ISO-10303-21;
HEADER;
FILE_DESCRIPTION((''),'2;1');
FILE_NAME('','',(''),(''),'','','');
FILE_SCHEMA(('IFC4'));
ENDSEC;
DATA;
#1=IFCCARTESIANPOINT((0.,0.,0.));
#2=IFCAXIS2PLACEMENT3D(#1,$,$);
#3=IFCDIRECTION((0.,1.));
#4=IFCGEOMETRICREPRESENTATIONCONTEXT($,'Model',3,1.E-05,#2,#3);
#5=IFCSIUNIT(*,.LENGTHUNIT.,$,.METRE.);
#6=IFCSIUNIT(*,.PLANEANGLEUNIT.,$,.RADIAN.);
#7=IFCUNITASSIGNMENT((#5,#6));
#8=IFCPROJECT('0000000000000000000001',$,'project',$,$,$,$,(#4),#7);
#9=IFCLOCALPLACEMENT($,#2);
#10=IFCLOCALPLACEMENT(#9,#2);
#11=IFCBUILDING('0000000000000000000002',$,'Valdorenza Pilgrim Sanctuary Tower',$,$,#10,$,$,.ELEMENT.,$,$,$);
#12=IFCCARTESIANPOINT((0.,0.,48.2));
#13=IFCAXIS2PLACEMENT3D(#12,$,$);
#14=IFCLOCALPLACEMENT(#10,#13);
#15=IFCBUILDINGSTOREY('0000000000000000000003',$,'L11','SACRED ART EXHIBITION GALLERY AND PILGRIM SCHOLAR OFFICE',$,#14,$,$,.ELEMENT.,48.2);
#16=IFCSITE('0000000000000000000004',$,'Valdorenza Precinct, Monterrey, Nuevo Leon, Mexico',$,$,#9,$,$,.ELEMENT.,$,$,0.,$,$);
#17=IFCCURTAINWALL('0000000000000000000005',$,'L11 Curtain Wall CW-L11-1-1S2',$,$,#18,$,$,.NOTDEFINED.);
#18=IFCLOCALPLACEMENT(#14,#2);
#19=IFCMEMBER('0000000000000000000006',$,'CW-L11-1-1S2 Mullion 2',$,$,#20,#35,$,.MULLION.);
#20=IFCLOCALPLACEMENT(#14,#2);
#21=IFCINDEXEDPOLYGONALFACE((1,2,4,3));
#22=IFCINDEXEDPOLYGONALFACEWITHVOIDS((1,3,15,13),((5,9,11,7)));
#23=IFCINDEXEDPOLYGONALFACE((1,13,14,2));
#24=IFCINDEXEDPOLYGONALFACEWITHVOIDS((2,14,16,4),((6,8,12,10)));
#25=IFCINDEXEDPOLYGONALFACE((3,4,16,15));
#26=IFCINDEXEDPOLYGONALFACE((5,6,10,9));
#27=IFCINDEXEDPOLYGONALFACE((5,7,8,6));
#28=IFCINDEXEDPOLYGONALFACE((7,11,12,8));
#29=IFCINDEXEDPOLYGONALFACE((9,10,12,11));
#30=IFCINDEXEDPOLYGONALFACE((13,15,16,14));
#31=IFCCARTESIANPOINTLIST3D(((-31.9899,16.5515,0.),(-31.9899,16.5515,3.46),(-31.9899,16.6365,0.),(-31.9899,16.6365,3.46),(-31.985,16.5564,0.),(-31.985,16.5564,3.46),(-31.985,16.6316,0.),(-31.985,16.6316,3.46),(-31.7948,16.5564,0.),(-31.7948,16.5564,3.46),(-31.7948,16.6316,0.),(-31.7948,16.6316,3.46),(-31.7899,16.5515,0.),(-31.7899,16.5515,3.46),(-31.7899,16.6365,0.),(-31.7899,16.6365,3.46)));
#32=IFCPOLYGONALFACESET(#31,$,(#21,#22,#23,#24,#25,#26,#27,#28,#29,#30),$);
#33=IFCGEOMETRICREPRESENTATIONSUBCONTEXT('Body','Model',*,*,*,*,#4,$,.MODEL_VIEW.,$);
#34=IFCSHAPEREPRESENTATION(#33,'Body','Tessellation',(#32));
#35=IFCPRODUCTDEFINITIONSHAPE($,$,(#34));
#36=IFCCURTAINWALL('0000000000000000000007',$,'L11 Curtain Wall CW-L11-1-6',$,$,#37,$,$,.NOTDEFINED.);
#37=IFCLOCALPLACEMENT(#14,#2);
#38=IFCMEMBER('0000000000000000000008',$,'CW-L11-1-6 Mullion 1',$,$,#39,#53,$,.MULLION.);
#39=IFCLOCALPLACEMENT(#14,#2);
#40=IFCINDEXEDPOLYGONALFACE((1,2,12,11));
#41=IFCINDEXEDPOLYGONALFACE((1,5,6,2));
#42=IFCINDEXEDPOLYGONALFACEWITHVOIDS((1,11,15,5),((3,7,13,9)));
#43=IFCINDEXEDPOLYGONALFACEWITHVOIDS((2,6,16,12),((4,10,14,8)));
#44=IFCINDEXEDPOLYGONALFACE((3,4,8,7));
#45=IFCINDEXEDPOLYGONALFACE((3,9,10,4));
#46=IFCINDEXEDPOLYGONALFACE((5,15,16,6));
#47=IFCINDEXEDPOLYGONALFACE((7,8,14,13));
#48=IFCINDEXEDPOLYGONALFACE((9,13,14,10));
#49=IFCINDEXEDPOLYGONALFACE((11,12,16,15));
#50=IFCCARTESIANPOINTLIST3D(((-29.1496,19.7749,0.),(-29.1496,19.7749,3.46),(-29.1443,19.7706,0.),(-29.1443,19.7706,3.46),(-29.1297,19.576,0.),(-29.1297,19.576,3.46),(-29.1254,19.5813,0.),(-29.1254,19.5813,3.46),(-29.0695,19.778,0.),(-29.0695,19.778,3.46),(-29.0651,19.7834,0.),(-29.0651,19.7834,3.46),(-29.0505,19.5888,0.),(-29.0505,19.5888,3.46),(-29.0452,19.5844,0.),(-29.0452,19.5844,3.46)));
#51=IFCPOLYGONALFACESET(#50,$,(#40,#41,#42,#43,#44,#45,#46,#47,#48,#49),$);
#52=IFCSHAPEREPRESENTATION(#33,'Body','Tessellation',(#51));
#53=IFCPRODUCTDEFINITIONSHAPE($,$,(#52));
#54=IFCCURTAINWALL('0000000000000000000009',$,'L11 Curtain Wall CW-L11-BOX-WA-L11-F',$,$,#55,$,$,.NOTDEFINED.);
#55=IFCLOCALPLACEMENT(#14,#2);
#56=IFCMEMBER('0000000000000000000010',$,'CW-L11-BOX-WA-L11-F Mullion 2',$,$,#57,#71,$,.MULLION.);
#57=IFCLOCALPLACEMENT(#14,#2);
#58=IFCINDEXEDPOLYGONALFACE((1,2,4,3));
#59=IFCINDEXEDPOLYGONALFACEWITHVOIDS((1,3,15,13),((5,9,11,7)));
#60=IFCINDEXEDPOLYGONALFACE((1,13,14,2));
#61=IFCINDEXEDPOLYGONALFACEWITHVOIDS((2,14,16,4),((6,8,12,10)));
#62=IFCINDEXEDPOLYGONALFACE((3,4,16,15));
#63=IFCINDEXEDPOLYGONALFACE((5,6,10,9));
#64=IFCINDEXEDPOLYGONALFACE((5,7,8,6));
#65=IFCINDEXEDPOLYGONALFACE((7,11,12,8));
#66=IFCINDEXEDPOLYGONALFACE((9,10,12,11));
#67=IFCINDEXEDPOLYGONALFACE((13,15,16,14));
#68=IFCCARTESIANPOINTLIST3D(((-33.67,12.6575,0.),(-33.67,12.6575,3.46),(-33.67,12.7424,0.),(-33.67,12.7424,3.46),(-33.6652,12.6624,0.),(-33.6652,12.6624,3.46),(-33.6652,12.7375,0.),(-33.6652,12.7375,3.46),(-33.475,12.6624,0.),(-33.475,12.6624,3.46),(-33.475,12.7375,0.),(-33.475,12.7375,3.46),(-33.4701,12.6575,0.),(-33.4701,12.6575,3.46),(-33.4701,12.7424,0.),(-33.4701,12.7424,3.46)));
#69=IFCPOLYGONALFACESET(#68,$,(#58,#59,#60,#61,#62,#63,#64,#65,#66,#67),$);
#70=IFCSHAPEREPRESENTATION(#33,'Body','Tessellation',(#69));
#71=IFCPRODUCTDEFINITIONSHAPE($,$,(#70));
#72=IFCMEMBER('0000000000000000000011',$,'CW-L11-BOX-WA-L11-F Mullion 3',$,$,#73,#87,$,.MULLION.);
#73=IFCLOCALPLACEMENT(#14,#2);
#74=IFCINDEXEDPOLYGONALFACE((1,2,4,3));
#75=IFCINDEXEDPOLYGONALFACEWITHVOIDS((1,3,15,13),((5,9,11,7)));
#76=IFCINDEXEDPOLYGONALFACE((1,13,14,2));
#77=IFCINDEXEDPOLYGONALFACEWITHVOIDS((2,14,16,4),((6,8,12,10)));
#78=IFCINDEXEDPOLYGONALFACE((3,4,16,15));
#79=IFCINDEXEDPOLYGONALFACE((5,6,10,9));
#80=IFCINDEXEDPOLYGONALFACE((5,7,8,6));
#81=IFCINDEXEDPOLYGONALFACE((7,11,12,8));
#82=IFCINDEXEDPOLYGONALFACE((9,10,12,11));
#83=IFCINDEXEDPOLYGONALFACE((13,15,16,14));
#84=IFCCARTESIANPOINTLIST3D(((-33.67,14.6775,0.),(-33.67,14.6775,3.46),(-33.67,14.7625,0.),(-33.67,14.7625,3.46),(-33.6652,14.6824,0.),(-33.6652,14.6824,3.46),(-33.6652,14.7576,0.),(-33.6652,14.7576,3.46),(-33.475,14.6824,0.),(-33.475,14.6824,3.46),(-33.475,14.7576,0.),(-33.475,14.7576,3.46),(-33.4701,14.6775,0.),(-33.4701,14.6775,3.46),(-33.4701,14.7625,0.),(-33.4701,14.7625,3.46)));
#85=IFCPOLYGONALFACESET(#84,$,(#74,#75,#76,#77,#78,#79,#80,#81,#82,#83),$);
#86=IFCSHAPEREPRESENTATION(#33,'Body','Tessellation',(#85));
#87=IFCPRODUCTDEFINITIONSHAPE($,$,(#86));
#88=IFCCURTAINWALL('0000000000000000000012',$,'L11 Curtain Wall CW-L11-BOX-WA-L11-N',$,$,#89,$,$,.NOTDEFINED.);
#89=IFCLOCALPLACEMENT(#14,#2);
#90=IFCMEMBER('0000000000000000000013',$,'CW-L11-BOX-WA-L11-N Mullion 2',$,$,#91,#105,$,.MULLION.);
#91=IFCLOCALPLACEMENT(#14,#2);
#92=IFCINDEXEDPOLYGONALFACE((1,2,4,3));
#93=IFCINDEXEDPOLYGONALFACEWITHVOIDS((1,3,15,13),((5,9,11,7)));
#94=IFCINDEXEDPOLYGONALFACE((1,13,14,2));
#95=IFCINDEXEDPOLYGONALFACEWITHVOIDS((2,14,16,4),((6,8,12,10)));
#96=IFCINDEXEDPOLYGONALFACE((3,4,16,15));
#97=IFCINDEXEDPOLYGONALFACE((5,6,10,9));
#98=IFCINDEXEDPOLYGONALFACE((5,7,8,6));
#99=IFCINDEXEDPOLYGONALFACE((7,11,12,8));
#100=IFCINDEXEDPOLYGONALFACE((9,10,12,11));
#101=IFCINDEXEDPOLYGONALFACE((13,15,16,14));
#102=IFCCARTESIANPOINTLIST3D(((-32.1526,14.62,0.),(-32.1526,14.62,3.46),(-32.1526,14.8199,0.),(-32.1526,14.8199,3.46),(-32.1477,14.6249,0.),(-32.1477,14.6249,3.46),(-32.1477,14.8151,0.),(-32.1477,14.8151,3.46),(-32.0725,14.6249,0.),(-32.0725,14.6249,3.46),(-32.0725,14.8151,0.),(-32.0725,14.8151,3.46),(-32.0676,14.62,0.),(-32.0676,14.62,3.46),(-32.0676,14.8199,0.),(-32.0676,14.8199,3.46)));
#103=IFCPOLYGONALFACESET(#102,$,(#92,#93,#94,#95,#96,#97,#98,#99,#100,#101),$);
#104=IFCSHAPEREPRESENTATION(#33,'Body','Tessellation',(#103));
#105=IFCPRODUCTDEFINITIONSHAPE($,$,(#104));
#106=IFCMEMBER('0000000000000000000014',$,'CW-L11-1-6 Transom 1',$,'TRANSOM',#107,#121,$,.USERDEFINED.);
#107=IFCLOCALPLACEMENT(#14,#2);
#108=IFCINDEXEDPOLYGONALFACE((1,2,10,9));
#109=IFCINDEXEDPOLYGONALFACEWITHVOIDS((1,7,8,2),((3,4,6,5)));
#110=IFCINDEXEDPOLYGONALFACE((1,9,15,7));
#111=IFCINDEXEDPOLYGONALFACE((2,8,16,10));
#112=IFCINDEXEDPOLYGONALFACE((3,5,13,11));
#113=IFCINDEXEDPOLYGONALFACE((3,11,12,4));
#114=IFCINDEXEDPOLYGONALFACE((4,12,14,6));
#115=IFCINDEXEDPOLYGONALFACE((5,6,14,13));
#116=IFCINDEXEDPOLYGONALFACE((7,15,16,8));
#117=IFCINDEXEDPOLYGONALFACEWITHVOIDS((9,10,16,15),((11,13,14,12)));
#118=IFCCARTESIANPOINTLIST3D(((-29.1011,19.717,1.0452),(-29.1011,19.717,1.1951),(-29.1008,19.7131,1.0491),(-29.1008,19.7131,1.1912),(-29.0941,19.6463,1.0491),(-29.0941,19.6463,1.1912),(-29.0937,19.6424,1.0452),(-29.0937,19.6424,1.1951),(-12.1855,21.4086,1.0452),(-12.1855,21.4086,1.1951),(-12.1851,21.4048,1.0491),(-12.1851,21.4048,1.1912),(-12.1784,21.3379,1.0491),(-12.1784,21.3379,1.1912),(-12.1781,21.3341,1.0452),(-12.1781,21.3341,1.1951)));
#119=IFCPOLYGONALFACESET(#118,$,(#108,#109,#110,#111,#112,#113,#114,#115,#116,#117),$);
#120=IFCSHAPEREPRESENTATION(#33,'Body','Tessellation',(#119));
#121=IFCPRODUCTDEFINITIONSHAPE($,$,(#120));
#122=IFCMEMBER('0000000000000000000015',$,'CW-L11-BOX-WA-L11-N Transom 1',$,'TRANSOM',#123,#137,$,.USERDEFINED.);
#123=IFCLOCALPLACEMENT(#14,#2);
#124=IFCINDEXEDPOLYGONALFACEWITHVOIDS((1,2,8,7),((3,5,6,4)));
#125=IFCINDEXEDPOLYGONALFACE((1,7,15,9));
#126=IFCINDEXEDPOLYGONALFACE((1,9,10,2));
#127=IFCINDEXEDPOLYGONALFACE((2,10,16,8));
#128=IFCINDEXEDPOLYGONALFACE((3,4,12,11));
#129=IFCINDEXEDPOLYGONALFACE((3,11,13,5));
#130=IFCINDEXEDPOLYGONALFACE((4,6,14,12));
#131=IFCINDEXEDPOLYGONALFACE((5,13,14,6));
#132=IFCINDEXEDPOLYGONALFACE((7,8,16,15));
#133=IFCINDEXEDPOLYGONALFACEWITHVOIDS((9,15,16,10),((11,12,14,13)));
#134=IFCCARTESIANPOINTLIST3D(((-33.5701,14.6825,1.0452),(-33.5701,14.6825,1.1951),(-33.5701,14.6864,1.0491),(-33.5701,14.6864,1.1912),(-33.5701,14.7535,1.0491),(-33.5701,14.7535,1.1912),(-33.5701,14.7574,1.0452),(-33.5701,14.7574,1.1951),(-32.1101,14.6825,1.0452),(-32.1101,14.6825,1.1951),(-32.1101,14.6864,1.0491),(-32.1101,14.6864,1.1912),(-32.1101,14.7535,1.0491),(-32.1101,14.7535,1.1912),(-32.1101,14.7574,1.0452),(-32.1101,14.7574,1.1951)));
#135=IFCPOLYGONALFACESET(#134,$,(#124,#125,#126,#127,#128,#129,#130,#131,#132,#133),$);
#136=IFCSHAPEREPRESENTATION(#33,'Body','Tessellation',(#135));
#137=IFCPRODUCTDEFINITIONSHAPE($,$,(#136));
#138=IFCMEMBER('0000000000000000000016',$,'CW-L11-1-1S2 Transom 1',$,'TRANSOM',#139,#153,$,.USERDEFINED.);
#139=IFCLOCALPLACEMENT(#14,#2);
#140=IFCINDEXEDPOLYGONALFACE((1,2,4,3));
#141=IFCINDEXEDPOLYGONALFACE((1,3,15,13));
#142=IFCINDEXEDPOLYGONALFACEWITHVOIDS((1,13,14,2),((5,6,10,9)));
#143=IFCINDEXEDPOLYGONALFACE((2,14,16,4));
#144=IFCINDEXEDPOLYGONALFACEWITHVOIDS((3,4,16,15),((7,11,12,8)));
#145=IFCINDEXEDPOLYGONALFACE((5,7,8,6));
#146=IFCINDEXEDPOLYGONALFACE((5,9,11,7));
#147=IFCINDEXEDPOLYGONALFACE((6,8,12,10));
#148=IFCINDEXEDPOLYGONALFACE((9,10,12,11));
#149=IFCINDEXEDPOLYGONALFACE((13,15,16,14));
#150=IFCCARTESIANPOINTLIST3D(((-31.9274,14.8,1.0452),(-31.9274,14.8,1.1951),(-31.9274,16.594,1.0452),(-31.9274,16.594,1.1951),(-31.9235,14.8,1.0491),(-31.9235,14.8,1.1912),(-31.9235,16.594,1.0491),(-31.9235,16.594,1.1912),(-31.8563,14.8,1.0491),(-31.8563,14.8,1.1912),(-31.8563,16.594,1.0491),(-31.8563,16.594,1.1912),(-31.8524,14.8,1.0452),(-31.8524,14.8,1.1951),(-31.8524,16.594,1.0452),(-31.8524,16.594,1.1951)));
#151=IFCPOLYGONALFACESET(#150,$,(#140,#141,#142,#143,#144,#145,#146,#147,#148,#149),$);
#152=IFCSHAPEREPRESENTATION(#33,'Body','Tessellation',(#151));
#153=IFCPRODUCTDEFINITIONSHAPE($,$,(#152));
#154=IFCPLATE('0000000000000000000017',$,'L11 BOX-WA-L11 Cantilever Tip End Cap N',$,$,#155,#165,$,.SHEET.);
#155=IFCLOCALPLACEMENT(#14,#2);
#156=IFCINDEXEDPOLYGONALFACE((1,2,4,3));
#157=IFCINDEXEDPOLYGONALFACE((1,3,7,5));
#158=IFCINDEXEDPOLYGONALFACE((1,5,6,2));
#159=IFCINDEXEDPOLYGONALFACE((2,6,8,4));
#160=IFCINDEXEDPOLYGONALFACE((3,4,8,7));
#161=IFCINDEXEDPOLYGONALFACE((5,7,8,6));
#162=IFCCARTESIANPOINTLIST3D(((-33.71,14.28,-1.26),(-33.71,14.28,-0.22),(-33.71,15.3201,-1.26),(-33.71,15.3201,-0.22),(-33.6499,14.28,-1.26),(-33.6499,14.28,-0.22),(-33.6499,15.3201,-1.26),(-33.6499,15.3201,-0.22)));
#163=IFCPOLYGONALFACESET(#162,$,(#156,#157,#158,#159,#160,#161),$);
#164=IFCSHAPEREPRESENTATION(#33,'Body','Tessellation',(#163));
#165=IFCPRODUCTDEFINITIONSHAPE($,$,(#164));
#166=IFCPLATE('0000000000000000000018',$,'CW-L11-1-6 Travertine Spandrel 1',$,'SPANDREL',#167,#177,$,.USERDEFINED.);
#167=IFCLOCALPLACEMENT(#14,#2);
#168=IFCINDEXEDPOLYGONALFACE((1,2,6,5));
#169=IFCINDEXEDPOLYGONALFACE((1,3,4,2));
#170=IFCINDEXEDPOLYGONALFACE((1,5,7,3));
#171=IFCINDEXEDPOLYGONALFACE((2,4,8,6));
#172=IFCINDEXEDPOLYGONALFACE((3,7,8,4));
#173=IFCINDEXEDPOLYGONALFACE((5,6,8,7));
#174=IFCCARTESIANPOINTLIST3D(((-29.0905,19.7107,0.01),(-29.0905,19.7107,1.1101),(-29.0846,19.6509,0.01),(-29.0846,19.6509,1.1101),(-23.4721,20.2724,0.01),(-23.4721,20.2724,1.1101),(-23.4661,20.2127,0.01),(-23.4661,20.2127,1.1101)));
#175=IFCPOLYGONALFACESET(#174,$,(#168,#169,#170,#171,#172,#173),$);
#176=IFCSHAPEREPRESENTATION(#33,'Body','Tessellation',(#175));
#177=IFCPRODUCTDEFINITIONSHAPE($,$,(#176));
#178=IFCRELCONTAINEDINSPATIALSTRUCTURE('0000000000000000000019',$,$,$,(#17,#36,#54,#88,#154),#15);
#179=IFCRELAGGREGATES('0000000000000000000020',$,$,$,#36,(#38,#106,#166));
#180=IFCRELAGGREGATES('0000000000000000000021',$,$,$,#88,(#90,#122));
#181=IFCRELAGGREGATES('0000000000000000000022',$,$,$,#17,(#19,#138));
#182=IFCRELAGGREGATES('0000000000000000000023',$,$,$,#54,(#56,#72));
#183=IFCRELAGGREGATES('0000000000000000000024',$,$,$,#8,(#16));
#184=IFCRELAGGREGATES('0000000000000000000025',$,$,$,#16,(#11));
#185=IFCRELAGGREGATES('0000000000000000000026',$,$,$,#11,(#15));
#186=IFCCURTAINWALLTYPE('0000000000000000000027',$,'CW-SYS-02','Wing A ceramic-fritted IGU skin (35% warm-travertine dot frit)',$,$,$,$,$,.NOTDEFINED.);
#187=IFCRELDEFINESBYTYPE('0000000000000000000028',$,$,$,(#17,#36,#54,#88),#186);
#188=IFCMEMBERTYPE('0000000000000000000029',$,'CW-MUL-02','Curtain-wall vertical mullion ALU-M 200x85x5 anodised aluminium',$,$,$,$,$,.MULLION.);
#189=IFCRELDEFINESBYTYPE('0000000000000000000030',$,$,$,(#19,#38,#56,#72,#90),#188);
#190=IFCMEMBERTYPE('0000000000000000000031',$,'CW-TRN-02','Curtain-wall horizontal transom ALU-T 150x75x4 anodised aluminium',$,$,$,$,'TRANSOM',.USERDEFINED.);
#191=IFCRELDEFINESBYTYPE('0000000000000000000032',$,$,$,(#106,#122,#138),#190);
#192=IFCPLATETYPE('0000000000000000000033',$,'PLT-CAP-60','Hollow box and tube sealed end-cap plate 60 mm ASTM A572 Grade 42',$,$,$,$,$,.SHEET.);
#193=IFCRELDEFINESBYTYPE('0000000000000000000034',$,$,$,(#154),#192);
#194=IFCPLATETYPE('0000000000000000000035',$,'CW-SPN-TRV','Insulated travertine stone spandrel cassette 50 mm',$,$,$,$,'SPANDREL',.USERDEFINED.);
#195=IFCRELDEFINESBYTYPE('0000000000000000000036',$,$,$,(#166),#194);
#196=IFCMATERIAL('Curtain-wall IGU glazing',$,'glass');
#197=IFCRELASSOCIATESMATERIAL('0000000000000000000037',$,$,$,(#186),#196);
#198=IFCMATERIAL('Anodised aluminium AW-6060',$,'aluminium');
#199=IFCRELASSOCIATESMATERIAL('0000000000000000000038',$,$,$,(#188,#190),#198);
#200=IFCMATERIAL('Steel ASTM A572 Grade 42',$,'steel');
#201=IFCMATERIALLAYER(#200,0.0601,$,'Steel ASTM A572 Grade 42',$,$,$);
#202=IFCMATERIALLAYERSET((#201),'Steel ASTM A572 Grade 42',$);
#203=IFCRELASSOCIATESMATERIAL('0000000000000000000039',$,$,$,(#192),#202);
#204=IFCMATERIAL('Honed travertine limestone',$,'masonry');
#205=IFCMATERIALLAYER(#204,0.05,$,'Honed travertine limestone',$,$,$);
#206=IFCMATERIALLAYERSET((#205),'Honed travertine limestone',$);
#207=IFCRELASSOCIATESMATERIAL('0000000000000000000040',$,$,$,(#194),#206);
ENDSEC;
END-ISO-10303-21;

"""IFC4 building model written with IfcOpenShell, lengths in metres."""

from ifc_helpers import new_model, si_unit, direction, frame, origin, origin_2d, place, context, subcontext, project, spatial, rectangle, hollow_rectangle, extrude, source, transform, mapped, material, layer, layer_set, material_profile, profile_set, type_object, element, aggregate, save


model = new_model("IFC4")

# Units and contexts
model_context = context("Model", 3, precision=1e-05, world=origin(), true_north=direction((0.0, 1.0)))
body_context = subcontext(model_context, "Body", "Model", "MODEL_VIEW")
ifc_project = project(units=[si_unit("LENGTHUNIT", "METRE"), si_unit("PLANEANGLEUNIT", "RADIAN")], contexts=[model_context])

# Site, building, storey
site_placement = place(None, origin())
site = spatial("IfcSite", under=ifc_project, at=site_placement, Name="Valdorenza Precinct, Monterrey, Nuevo Leon, Mexico", CompositionType="ELEMENT", RefElevation=0.0)
building_placement = place(site_placement, origin())
building = spatial("IfcBuilding", under=site, at=building_placement, Name="Valdorenza Pilgrim Sanctuary Tower", CompositionType="ELEMENT")
storey_placement = place(building_placement, frame((0.0, 0.0, 48.2)))
storey = spatial("IfcBuildingStorey", under=building, at=storey_placement, Name="L11", Description="SACRED ART EXHIBITION GALLERY AND PILGRIM SCHOLAR OFFICE", CompositionType="ELEMENT", Elevation=48.2)

# Shared definitions
ifc_material_1 = material(Name="Steel ASTM A572 Grade 42", Category="steel")

# Curtain wall, member
ifc_material_2 = material(Name="Curtain-wall IGU glazing", Category="glass")
curtain_wall_type = type_object("IfcCurtainWallType", Name="CW-SYS-02", Description="Wing A ceramic-fritted IGU skin (35% warm-travertine dot frit)", PredefinedType="NOTDEFINED", material=ifc_material_2)
curtain_wall_1_placement = place(storey_placement, origin())
curtain_wall_1 = element("IfcCurtainWall", 1, at=curtain_wall_1_placement, inside=storey, type_object=curtain_wall_type, Name="L11 Curtain Wall CW-L11-1-1S2", PredefinedType="NOTDEFINED")
ifc_material_3 = material(Name="Anodised aluminium AW-6060", Category="aluminium")
ifc_material_profile_1 = material_profile(ifc_material_3, hollow_rectangle(XDim=0.085, YDim=0.2, WallThickness=0.0049, at=origin_2d()), Name="ALU-M 200x85x5")
ifc_profile_set_1 = profile_set([ifc_material_profile_1], Name="Anodised aluminium AW-6060")
member_type_1 = type_object("IfcMemberType", Name="CW-MUL-02", Description="Curtain-wall vertical mullion ALU-M 200x85x5 anodised aluminium", PredefinedType="MULLION", material=ifc_profile_set_1)
shared_shape_1 = source(origin(), body_context, "Body", "SweptSolid", [
    extrude(hollow_rectangle(XDim=0.085, YDim=0.2, WallThickness=0.0049, at=origin_2d()), origin(), (0.0, 0.0, 1.0), 3.46),
])
member_1_placement = place(storey_placement, frame((-31.8899, 16.594, 0.0), z_axis=(0.0, 0.0, 1.0), x_axis=(0.0, 1.0, 0.0)))
member_1 = element("IfcMember", 2, at=member_1_placement, type_object=member_type_1, Name="CW-L11-1-1S2 Mullion 2", PredefinedType="MULLION", context=body_context, shape_type="MappedRepresentation", body=[
    mapped(shared_shape_1, transform((0.0, 0.0, 0.0), x_axis=(1.0, 0.0, 0.0), y_axis=(0.0, 1.0, 0.0), z_axis=(0.0, 0.0, 1.0), scale=1.0)),
])

# Curtain wall, member
curtain_wall_2_placement = place(storey_placement, origin())
curtain_wall_2 = element("IfcCurtainWall", 3, at=curtain_wall_2_placement, inside=storey, type_object=curtain_wall_type, Name="L11 Curtain Wall CW-L11-1-6", PredefinedType="NOTDEFINED")
member_2_placement = place(storey_placement, frame((-29.0974, 19.6797, 0.0), z_axis=(0.0, 0.0, 1.0), x_axis=(0.995038, 0.099493, 0.0)))
member_2 = element("IfcMember", 4, at=member_2_placement, type_object=member_type_1, Name="CW-L11-1-6 Mullion 1", PredefinedType="MULLION", context=body_context, shape_type="MappedRepresentation", body=[
    mapped(shared_shape_1, transform((0.0, 0.0, 0.0), x_axis=(1.0, 0.0, 0.0), y_axis=(0.0, 1.0, 0.0), z_axis=(0.0, 0.0, 1.0), scale=1.0)),
])

# Curtain wall, members
curtain_wall_3_placement = place(storey_placement, origin())
curtain_wall_3 = element("IfcCurtainWall", 5, at=curtain_wall_3_placement, inside=storey, type_object=curtain_wall_type, Name="L11 Curtain Wall CW-L11-BOX-WA-L11-F", PredefinedType="NOTDEFINED")
member_3_placement = place(storey_placement, frame((-33.5701, 12.7, 0.0), z_axis=(0.0, 0.0, 1.0), x_axis=(0.0, 1.0, 0.0)))
member_3 = element("IfcMember", 6, at=member_3_placement, type_object=member_type_1, Name="CW-L11-BOX-WA-L11-F Mullion 2", PredefinedType="MULLION", context=body_context, shape_type="MappedRepresentation", body=[
    mapped(shared_shape_1, transform((0.0, 0.0, 0.0), x_axis=(1.0, 0.0, 0.0), y_axis=(0.0, 1.0, 0.0), z_axis=(0.0, 0.0, 1.0), scale=1.0)),
])
member_4_placement = place(storey_placement, frame((-33.5701, 14.72, 0.0), z_axis=(0.0, 0.0, 1.0), x_axis=(0.0, 1.0, 0.0)))
member_4 = element("IfcMember", 7, at=member_4_placement, type_object=member_type_1, Name="CW-L11-BOX-WA-L11-F Mullion 3", PredefinedType="MULLION", context=body_context, shape_type="MappedRepresentation", body=[
    mapped(shared_shape_1, transform((0.0, 0.0, 0.0), x_axis=(1.0, 0.0, 0.0), y_axis=(0.0, 1.0, 0.0), z_axis=(0.0, 0.0, 1.0), scale=1.0)),
])

# Curtain wall, member
curtain_wall_4_placement = place(storey_placement, origin())
curtain_wall_4 = element("IfcCurtainWall", 8, at=curtain_wall_4_placement, inside=storey, type_object=curtain_wall_type, Name="L11 Curtain Wall CW-L11-BOX-WA-L11-N", PredefinedType="NOTDEFINED")
member_5_placement = place(storey_placement, frame((-32.1101, 14.72, 0.0), z_axis=(0.0, 0.0, 1.0), x_axis=(1.0, 0.0, 0.0)))
member_5 = element("IfcMember", 9, at=member_5_placement, type_object=member_type_1, Name="CW-L11-BOX-WA-L11-N Mullion 2", PredefinedType="MULLION", context=body_context, shape_type="MappedRepresentation", body=[
    mapped(shared_shape_1, transform((0.0, 0.0, 0.0), x_axis=(1.0, 0.0, 0.0), y_axis=(0.0, 1.0, 0.0), z_axis=(0.0, 0.0, 1.0), scale=1.0)),
])

# Members
ifc_material_profile_2 = material_profile(ifc_material_3, hollow_rectangle(XDim=0.075, YDim=0.1499, WallThickness=0.0039, at=origin_2d()), Name="ALU-T 150x75x4")
ifc_profile_set_2 = profile_set([ifc_material_profile_2], Name="Anodised aluminium AW-6060")
member_type_2 = type_object("IfcMemberType", Name="CW-TRN-02", Description="Curtain-wall horizontal transom ALU-T 150x75x4 anodised aluminium", ElementType="TRANSOM", PredefinedType="USERDEFINED", material=ifc_profile_set_2)
shared_shape_2 = source(origin(), body_context, "Body", "SweptSolid", [
    extrude(hollow_rectangle(XDim=0.075, YDim=0.1499, WallThickness=0.0039, at=origin_2d()), origin(), (0.0, 0.0, 1.0), 17.0),
])
member_6_placement = place(storey_placement, frame((-29.0974, 19.6797, 1.1201), z_axis=(0.995037, 0.099509, 0.0), x_axis=(-0.099509, 0.995037, 0.0)))
member_6 = element("IfcMember", 10, at=member_6_placement, type_object=member_type_2, Name="CW-L11-1-6 Transom 1", ObjectType="TRANSOM", PredefinedType="USERDEFINED", context=body_context, shape_type="MappedRepresentation", body=[
    mapped(shared_shape_2, transform((0.0, 0.0, 0.0), x_axis=(1.0, 0.0, 0.0), y_axis=(0.0, 1.0, 0.0), z_axis=(0.0, 0.0, 1.0), scale=1.0)),
])
shared_shape_3 = source(origin(), body_context, "Body", "SweptSolid", [
    extrude(hollow_rectangle(XDim=0.075, YDim=0.1499, WallThickness=0.0039, at=origin_2d()), origin(), (0.0, 0.0, 1.0), 1.46),
])
member_7_placement = place(storey_placement, frame((-33.5701, 14.72, 1.1201), z_axis=(1.0, 0.0, 0.0), x_axis=(0.0, 1.0, 0.0)))
member_7 = element("IfcMember", 11, at=member_7_placement, type_object=member_type_2, Name="CW-L11-BOX-WA-L11-N Transom 1", ObjectType="TRANSOM", PredefinedType="USERDEFINED", context=body_context, shape_type="MappedRepresentation", body=[
    mapped(shared_shape_3, transform((0.0, 0.0, 0.0), x_axis=(1.0, 0.0, 0.0), y_axis=(0.0, 1.0, 0.0), z_axis=(0.0, 0.0, 1.0), scale=1.0)),
])
shared_shape_4 = source(origin(), body_context, "Body", "SweptSolid", [
    extrude(hollow_rectangle(XDim=0.075, YDim=0.1499, WallThickness=0.0039, at=origin_2d()), origin(), (0.0, 0.0, 1.0), 1.7939),
])
member_8_placement = place(storey_placement, frame((-31.8899, 14.8, 1.1201), z_axis=(0.0, 1.0, 0.0), x_axis=(-1.0, 0.0, 0.0)))
member_8 = element("IfcMember", 12, at=member_8_placement, type_object=member_type_2, Name="CW-L11-1-1S2 Transom 1", ObjectType="TRANSOM", PredefinedType="USERDEFINED", context=body_context, shape_type="MappedRepresentation", body=[
    mapped(shared_shape_4, transform((0.0, 0.0, 0.0), x_axis=(1.0, 0.0, 0.0), y_axis=(0.0, 1.0, 0.0), z_axis=(0.0, 0.0, 1.0), scale=1.0)),
])

# Plates
ifc_layer_1 = layer(ifc_material_1, 0.0601, Name="Steel ASTM A572 Grade 42")
ifc_layer_set_1 = layer_set([ifc_layer_1], Name="Steel ASTM A572 Grade 42")
plate_type_1 = type_object("IfcPlateType", Name="PLT-CAP-60", Description="Hollow box and tube sealed end-cap plate 60 mm ASTM A572 Grade 42", PredefinedType="SHEET", material=ifc_layer_set_1)
shared_shape_5 = source(origin(), body_context, "Body", "SweptSolid", [
    extrude(rectangle(XDim=0.0601, YDim=1.04, at=origin_2d()), origin(), (0.0, 0.0, 1.0), 1.04),
])
plate_1_placement = place(storey_placement, frame((-33.6799, 14.8, -1.26), z_axis=(0.0, 0.0, 1.0), x_axis=(1.0, 0.0, 0.0)))
element("IfcPlate", 13, at=plate_1_placement, inside=storey, type_object=plate_type_1, Name="L11 BOX-WA-L11 Cantilever Tip End Cap N", PredefinedType="SHEET", context=body_context, shape_type="MappedRepresentation", body=[
    mapped(shared_shape_5, transform((0.0, 0.0, 0.0), x_axis=(1.0, 0.0, 0.0), y_axis=(0.0, 1.0, 0.0), z_axis=(0.0, 0.0, 1.0), scale=1.0)),
])
ifc_material_4 = material(Name="Honed travertine limestone", Category="masonry")
ifc_layer_2 = layer(ifc_material_4, 0.05, Name="Honed travertine limestone")
ifc_layer_set_2 = layer_set([ifc_layer_2], Name="Honed travertine limestone")
plate_type_2 = type_object("IfcPlateType", Name="CW-SPN-TRV", Description="Insulated travertine stone spandrel cassette 50 mm", ElementType="SPANDREL", PredefinedType="USERDEFINED", material=ifc_layer_set_2)
shared_shape_6 = source(origin(), body_context, "Body", "SweptSolid", [
    extrude(rectangle(XDim=5.6465, YDim=0.0601, at=origin_2d()), origin(), (0.0, 0.0, 1.0), 1.1001),
])
plate_2_placement = place(storey_placement, frame((-26.2783, 19.9617, 0.01), z_axis=(0.0, 0.0, 1.0), x_axis=(0.995038, 0.099493, 0.0)))
plate_2 = element("IfcPlate", 14, at=plate_2_placement, type_object=plate_type_2, Name="CW-L11-1-6 Travertine Spandrel 1", ObjectType="SPANDREL", PredefinedType="USERDEFINED", context=body_context, shape_type="MappedRepresentation", body=[
    mapped(shared_shape_6, transform((0.0, 0.0, 0.0), x_axis=(1.0, 0.0, 0.0), y_axis=(0.0, 1.0, 0.0), z_axis=(0.0, 0.0, 1.0), scale=1.0)),
])
aggregate(curtain_wall_2, [member_2, member_6, plate_2])
aggregate(curtain_wall_4, [member_5, member_7])
aggregate(curtain_wall_1, [member_1, member_8])
aggregate(curtain_wall_3, [member_3, member_4])

save(model, "model.ifc")
